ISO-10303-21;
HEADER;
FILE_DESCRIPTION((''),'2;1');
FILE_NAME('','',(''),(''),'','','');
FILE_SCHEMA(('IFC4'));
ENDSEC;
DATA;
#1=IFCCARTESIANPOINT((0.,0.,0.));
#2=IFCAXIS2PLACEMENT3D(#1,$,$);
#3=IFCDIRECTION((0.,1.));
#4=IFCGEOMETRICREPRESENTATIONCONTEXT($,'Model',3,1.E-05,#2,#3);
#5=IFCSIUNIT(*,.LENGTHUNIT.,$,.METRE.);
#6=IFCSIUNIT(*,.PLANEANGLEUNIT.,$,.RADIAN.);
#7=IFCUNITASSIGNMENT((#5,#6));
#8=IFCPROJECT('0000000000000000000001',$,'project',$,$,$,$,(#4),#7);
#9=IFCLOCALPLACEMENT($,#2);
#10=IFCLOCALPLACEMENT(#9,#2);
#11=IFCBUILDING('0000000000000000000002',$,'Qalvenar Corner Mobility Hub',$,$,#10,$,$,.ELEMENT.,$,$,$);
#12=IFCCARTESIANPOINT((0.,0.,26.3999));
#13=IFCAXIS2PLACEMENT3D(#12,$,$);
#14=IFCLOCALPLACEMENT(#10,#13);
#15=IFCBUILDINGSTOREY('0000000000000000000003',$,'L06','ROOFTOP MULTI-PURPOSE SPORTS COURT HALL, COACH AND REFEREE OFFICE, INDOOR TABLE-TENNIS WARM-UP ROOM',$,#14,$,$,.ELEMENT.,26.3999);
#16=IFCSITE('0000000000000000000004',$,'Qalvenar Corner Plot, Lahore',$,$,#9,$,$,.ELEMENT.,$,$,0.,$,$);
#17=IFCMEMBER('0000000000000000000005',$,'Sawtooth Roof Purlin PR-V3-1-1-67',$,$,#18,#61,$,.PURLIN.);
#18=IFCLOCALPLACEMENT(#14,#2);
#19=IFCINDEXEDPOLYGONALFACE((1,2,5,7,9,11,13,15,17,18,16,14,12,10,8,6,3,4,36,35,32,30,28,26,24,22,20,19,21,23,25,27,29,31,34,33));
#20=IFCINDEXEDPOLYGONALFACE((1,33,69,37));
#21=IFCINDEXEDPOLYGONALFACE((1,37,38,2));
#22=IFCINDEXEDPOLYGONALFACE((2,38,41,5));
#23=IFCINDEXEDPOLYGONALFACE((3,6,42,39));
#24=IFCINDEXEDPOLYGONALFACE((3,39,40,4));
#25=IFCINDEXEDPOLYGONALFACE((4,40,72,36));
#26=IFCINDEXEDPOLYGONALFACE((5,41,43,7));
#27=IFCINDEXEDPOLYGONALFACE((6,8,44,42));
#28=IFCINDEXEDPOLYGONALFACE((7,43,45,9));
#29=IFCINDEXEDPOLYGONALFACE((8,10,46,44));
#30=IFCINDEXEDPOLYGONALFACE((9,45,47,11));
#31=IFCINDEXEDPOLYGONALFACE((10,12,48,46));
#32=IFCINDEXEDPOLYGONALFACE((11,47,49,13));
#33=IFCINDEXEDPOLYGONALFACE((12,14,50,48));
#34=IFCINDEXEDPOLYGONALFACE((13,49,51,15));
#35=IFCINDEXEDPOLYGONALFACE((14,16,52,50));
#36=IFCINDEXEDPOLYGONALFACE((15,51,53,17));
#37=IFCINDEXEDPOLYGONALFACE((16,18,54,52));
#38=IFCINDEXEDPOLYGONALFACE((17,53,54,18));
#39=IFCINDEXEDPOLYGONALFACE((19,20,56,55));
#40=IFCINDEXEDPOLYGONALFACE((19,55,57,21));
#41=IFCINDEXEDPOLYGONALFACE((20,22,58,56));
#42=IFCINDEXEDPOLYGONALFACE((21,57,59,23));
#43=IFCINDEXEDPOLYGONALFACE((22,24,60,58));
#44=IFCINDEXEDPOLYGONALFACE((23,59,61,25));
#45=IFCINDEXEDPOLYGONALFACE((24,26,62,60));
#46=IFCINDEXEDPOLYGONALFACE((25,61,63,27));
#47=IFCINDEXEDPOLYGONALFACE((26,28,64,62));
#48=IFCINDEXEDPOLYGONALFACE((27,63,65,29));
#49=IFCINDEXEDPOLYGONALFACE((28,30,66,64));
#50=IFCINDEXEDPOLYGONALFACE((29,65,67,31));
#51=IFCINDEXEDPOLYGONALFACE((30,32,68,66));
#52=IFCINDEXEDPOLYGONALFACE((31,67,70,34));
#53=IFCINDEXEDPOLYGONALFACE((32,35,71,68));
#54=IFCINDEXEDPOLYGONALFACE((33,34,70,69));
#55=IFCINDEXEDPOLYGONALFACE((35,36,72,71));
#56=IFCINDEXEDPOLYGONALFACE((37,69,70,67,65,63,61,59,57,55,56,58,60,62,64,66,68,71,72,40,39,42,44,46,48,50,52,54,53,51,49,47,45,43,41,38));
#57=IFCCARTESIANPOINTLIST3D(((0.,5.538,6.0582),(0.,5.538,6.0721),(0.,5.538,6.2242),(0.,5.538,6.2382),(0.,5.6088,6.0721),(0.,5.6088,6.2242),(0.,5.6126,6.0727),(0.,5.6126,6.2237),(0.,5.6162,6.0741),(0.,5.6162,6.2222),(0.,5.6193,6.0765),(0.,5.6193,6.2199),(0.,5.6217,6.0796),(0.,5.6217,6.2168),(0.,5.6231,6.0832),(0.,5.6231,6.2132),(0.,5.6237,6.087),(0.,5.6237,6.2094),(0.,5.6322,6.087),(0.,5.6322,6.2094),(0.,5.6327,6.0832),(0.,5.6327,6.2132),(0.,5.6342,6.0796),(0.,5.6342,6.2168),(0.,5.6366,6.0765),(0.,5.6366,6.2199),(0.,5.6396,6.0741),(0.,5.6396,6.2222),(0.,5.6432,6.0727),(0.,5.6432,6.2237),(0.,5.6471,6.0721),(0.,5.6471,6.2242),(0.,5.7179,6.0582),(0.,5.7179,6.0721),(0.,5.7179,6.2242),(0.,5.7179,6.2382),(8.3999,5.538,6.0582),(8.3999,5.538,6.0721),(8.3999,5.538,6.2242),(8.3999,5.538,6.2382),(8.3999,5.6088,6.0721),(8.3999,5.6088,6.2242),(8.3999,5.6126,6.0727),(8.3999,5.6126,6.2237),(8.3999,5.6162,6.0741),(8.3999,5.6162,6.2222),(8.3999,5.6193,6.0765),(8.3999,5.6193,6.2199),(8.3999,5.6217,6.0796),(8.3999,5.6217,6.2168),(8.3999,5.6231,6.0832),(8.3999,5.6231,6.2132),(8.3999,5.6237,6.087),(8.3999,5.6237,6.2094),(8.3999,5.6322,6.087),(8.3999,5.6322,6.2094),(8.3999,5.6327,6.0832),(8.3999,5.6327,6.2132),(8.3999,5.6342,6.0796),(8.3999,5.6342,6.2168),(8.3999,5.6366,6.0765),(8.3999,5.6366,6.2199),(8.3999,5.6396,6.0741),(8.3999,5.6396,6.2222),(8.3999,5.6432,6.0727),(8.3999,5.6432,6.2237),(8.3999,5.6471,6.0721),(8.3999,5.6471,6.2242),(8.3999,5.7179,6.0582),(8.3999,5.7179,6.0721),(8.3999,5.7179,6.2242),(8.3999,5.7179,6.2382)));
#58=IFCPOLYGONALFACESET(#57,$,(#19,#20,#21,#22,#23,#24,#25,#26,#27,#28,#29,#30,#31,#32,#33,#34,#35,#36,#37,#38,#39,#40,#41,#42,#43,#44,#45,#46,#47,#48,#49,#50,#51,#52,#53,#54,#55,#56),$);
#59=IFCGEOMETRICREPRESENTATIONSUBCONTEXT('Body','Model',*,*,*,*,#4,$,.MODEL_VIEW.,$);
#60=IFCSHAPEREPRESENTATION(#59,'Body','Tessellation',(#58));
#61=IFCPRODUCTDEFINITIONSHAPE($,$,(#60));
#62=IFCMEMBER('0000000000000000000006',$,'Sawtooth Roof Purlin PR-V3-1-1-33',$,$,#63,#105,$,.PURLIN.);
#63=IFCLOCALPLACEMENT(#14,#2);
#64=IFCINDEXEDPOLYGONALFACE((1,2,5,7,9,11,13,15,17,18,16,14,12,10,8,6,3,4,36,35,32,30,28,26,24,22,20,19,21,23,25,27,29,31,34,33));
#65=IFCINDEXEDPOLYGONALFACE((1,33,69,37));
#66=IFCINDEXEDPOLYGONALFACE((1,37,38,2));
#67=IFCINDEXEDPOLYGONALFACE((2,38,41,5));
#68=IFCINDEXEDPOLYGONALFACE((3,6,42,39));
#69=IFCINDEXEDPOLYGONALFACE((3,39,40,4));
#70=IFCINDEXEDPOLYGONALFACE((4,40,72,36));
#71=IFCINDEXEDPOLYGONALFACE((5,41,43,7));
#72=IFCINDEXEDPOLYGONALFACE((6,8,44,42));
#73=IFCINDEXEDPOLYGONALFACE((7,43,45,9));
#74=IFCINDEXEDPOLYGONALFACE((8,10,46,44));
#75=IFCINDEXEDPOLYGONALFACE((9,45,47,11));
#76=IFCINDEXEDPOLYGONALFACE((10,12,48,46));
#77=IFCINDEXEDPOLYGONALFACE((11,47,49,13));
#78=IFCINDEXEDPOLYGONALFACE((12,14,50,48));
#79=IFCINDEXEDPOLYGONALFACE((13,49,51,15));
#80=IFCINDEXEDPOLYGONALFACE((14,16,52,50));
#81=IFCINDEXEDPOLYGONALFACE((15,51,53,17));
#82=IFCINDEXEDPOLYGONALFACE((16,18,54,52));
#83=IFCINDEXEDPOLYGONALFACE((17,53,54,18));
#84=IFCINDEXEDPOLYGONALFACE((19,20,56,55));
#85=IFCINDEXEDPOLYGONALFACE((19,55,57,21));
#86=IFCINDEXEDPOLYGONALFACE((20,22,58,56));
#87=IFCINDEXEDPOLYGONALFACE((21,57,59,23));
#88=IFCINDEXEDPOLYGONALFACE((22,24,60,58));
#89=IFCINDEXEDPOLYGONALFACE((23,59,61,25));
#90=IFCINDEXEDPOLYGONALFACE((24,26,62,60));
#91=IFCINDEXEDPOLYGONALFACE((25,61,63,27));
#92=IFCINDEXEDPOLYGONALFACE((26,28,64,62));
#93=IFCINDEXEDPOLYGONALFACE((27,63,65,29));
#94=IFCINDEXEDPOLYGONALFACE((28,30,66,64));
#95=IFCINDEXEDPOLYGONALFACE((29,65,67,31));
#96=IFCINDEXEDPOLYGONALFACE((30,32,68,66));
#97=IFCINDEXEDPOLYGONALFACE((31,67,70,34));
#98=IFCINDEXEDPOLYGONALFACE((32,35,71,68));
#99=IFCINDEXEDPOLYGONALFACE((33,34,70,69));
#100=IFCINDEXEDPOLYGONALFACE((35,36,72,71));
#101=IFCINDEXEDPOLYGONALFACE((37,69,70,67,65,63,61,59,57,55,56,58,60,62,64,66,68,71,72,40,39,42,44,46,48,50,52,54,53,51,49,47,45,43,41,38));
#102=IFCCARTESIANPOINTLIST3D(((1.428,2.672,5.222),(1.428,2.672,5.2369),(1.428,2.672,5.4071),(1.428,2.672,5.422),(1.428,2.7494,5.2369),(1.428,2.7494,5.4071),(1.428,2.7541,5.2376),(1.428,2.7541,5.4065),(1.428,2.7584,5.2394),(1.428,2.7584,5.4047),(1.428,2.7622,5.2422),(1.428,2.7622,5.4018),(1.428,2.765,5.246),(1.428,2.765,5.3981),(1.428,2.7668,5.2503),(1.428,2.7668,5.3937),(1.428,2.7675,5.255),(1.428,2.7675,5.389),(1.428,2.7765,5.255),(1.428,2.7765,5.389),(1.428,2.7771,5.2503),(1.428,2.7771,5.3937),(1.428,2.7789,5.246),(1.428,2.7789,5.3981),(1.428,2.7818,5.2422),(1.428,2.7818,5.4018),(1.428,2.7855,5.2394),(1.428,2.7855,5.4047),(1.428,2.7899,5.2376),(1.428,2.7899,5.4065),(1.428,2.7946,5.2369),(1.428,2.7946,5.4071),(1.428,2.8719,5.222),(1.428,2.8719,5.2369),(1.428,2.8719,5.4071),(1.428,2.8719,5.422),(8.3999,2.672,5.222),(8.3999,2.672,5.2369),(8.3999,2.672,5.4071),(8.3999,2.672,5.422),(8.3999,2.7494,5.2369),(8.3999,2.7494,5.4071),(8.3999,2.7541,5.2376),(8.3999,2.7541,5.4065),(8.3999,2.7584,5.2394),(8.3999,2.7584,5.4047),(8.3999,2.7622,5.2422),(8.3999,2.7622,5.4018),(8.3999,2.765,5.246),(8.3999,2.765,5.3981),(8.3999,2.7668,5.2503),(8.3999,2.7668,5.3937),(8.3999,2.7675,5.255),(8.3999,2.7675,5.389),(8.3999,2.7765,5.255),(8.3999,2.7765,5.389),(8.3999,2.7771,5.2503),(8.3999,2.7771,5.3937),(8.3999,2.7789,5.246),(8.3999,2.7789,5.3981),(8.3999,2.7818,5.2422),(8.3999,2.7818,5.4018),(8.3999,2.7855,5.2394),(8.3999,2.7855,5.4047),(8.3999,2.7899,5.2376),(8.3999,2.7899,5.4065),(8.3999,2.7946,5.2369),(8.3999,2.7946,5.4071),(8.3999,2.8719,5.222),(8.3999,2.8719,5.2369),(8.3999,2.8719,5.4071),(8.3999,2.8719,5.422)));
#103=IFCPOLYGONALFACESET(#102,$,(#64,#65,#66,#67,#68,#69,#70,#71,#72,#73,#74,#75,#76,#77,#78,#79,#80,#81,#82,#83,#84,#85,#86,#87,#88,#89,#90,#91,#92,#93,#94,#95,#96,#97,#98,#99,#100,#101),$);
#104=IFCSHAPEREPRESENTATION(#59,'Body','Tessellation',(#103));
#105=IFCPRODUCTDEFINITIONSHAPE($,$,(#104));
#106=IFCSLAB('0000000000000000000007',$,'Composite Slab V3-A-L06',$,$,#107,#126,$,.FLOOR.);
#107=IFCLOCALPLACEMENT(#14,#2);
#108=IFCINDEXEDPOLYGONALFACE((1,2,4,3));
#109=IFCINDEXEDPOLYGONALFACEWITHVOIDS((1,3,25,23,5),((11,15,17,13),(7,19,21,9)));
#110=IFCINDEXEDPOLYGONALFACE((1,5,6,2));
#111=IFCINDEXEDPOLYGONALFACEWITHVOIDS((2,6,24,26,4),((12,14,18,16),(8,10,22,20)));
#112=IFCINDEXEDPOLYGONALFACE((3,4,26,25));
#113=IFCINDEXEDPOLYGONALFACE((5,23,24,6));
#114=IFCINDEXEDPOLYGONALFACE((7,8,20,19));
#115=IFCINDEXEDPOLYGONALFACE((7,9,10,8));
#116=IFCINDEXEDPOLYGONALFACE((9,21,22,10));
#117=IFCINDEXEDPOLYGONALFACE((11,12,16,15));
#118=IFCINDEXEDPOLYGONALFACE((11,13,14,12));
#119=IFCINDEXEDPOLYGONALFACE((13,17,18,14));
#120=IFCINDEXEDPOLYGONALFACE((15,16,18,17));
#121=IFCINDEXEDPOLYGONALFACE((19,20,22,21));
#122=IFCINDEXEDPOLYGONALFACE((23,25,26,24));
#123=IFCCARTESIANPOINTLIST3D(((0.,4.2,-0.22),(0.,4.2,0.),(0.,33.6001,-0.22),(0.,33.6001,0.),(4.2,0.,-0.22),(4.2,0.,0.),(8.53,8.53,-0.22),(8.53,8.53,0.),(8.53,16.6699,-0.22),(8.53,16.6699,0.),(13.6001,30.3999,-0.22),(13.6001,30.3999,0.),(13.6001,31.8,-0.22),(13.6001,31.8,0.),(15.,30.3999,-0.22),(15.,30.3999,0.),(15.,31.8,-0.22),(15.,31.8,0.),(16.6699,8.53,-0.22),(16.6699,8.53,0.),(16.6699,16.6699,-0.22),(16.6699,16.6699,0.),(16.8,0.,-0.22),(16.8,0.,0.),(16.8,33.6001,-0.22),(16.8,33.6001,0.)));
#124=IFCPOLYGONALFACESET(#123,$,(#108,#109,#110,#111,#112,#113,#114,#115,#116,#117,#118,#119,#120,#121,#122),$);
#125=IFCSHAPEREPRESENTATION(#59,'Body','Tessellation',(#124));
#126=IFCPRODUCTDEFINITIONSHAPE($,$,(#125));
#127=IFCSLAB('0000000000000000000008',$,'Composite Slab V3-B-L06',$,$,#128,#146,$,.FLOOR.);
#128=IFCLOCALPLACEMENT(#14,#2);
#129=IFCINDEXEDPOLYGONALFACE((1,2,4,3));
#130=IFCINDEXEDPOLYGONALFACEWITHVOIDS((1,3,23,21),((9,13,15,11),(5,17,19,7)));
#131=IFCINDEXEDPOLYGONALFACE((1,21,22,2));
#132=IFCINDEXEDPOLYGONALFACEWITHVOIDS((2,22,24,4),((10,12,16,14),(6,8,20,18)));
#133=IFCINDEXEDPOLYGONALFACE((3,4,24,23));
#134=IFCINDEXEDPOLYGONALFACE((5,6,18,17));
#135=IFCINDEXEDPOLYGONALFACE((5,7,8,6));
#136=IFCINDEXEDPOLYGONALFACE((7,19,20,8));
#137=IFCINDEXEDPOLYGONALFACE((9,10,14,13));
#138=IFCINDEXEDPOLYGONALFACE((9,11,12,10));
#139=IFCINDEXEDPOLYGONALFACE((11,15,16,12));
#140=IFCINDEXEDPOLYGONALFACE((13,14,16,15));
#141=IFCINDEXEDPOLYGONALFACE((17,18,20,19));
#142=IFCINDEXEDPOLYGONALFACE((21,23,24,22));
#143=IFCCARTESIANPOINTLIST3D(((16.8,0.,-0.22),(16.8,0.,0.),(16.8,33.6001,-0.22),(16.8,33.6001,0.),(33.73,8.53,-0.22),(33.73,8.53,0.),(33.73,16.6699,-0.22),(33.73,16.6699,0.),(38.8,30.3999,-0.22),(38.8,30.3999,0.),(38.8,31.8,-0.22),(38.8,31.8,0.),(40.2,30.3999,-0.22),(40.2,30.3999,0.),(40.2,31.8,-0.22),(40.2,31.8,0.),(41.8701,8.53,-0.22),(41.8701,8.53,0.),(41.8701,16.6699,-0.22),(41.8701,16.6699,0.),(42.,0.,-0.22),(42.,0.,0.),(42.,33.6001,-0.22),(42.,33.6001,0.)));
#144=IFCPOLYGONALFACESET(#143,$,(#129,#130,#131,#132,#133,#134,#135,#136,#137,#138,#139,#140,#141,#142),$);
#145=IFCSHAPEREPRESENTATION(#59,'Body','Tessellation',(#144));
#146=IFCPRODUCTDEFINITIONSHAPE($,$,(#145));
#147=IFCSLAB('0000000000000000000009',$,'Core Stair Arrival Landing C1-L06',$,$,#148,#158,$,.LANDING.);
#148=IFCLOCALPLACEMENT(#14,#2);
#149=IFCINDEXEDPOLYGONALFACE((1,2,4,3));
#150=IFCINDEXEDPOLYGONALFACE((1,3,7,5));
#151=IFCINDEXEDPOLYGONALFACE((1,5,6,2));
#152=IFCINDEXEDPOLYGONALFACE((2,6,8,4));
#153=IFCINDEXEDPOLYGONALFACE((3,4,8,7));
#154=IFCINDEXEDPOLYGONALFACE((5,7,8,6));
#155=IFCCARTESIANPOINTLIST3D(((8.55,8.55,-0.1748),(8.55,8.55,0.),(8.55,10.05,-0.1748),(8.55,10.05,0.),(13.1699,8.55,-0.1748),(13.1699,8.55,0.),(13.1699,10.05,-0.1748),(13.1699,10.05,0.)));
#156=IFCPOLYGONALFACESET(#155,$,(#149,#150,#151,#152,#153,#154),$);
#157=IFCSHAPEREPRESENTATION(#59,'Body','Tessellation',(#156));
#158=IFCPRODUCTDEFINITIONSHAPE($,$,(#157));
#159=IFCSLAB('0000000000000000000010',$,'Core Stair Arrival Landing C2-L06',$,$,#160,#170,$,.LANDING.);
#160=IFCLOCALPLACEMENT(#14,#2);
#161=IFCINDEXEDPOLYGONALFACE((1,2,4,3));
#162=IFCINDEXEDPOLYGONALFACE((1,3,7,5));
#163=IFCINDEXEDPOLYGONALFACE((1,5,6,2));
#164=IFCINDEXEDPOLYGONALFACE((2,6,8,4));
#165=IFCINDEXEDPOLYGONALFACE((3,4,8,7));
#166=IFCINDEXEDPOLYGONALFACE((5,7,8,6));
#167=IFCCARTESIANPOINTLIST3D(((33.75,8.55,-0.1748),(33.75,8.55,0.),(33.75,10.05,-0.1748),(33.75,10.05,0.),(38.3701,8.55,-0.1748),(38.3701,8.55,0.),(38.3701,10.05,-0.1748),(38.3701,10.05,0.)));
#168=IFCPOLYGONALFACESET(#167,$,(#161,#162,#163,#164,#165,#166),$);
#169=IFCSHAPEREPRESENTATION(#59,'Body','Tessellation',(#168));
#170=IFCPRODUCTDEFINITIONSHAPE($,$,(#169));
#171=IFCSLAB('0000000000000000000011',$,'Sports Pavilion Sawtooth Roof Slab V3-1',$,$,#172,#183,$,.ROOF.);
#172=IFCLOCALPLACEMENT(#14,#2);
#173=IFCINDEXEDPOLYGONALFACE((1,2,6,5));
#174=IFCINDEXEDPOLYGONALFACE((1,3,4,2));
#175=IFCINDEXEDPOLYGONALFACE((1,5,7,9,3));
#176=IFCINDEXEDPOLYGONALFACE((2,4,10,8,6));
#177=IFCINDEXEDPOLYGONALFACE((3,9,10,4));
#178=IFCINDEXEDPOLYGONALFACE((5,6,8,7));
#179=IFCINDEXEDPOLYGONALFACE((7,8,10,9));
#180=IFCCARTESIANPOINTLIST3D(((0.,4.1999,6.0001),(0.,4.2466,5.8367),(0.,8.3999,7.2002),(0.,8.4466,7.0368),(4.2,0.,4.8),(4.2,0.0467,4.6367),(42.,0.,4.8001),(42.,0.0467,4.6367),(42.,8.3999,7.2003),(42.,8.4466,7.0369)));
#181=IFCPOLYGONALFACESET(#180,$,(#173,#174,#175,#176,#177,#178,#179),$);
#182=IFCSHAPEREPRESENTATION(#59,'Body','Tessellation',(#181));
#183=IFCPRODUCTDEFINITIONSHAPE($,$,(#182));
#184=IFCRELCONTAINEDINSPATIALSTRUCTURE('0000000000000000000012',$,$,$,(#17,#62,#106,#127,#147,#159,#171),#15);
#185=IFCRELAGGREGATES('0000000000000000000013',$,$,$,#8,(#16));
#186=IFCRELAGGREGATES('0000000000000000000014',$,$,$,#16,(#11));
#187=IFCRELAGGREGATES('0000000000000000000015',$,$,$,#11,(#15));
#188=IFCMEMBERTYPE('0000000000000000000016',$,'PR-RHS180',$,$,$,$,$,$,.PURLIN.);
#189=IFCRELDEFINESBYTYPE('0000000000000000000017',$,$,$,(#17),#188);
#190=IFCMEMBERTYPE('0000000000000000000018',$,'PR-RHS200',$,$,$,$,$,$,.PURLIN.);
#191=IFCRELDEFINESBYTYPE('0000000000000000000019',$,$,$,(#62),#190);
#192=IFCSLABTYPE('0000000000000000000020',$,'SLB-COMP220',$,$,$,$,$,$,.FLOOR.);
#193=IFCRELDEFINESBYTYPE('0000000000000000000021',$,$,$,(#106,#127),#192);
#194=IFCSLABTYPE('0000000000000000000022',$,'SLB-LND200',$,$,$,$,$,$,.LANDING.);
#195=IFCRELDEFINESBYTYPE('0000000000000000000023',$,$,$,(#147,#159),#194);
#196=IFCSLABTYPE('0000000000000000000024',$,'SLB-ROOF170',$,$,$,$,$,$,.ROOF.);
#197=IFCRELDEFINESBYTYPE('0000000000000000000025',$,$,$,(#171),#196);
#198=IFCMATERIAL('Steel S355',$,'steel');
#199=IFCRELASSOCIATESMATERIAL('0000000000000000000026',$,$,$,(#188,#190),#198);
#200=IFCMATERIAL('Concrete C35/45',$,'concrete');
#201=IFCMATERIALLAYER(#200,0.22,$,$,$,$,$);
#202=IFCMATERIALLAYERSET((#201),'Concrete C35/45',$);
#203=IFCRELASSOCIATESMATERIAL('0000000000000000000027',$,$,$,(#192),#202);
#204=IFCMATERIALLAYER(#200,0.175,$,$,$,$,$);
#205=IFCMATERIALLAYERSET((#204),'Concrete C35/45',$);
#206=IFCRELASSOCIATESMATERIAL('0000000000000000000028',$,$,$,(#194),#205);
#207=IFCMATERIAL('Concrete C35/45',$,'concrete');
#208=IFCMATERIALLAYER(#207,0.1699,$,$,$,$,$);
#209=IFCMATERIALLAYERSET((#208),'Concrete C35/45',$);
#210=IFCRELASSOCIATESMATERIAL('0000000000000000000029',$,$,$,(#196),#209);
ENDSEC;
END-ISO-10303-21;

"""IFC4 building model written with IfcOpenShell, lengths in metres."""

from ifc_helpers import new_model, si_unit, direction, frame, origin, origin_2d, place, context, subcontext, project, spatial, polyline, i_section, outline, extrude, material, layer, layer_set, material_profile, profile_set, type_object, element, save


model = new_model("IFC4")

# Units and contexts
model_context = context("Model", 3, precision=1e-05, world=origin(), true_north=direction((0.0, 1.0)))
body_context = subcontext(model_context, "Body", "Model", "MODEL_VIEW")
ifc_project = project(units=[si_unit("LENGTHUNIT", "METRE"), si_unit("PLANEANGLEUNIT", "RADIAN")], contexts=[model_context])

# Site, building, storey
site_placement = place(None, origin())
site = spatial("IfcSite", under=ifc_project, at=site_placement, Name="Qalvenar Corner Plot, Lahore", CompositionType="ELEMENT", RefElevation=0.0)
building_placement = place(site_placement, origin())
building = spatial("IfcBuilding", under=site, at=building_placement, Name="Qalvenar Corner Mobility Hub", CompositionType="ELEMENT")
storey_placement = place(building_placement, frame((0.0, 0.0, 26.3999)))
storey = spatial("IfcBuildingStorey", under=building, at=storey_placement, Name="L06", Description="ROOFTOP MULTI-PURPOSE SPORTS COURT HALL, COACH AND REFEREE OFFICE, INDOOR TABLE-TENNIS WARM-UP ROOM", CompositionType="ELEMENT", Elevation=26.3999)

# Shared definitions
ifc_material_1 = material(Name="Steel S355", Category="steel")

# Members
ifc_material_profile_1 = material_profile(ifc_material_1, i_section(OverallWidth=0.1799, OverallDepth=0.1799, WebThickness=0.0085, FlangeThickness=0.0139, FilletRadius=0.0149, at=origin_2d()), Name="HEB180")
ifc_profile_set_1 = profile_set([ifc_material_profile_1], Name="Steel S355")
member_type_1 = type_object("IfcMemberType", Name="PR-RHS180", PredefinedType="PURLIN", material=ifc_profile_set_1)
member_1_placement = place(storey_placement, frame((0.0, 5.6279, 6.1482), z_axis=(1.0, 0.0, 0.0), x_axis=(0.0, 1.0, 0.0)))
element("IfcMember", 1, at=member_1_placement, inside=storey, type_object=member_type_1, Name="Sawtooth Roof Purlin PR-V3-1-1-67", PredefinedType="PURLIN", context=body_context, shape_type="SweptSolid", body=[
    extrude(i_section(OverallWidth=0.1799, OverallDepth=0.1799, WebThickness=0.0085, FlangeThickness=0.0139, FilletRadius=0.0149, at=origin_2d()), origin(), (0.0, 0.0, 1.0), 8.3999),
])
ifc_material_profile_2 = material_profile(ifc_material_1, i_section(OverallWidth=0.2, OverallDepth=0.2, WebThickness=0.009, FlangeThickness=0.0149, FilletRadius=0.0181, at=origin_2d()), Name="HEB200")
ifc_profile_set_2 = profile_set([ifc_material_profile_2], Name="Steel S355")
member_type_2 = type_object("IfcMemberType", Name="PR-RHS200", PredefinedType="PURLIN", material=ifc_profile_set_2)
member_2_placement = place(storey_placement, frame((1.428, 2.772, 5.322), z_axis=(1.0, 0.0, 0.0), x_axis=(0.0, 1.0, 0.0)))
element("IfcMember", 2, at=member_2_placement, inside=storey, type_object=member_type_2, Name="Sawtooth Roof Purlin PR-V3-1-1-33", PredefinedType="PURLIN", context=body_context, shape_type="SweptSolid", body=[
    extrude(i_section(OverallWidth=0.2, OverallDepth=0.2, WebThickness=0.009, FlangeThickness=0.0149, FilletRadius=0.0181, at=origin_2d()), origin(), (0.0, 0.0, 1.0), 6.9719),
])

# Slabs
ifc_material_2 = material(Name="Concrete C35/45", Category="concrete")
ifc_layer_1 = layer(ifc_material_2, 0.22)
ifc_layer_set_1 = layer_set([ifc_layer_1], Name="Concrete C35/45")
slab_type_1 = type_object("IfcSlabType", Name="SLB-COMP220", PredefinedType="FLOOR", material=ifc_layer_set_1)
slab_1_placement = place(storey_placement, frame((0.0, 0.0, -0.22)))
element("IfcSlab", 3, at=slab_1_placement, inside=storey, type_object=slab_type_1, Name="Composite Slab V3-A-L06", PredefinedType="FLOOR", context=body_context, shape_type="SweptSolid", body=[
    extrude(outline(polyline([(4.2, 0.0), (16.8, 0.0), (16.8, 33.6001), (0.0, 33.6001), (0.0, 4.2), (4.2, 0.0)]), holes=[polyline([(8.53, 8.53), (16.6699, 8.53), (16.6699, 16.6699), (8.53, 16.6699), (8.53, 8.53)]), polyline([(13.6001, 30.3999), (15.0, 30.3999), (15.0, 31.8), (13.6001, 31.8), (13.6001, 30.3999)])]), origin(), (0.0, 0.0, 1.0), 0.22),
])
slab_2_placement = place(storey_placement, frame((0.0, 0.0, -0.22)))
element("IfcSlab", 4, at=slab_2_placement, inside=storey, type_object=slab_type_1, Name="Composite Slab V3-B-L06", PredefinedType="FLOOR", context=body_context, shape_type="SweptSolid", body=[
    extrude(outline(polyline([(16.8, 0.0), (42.0, 0.0), (42.0, 33.6001), (16.8, 33.6001), (16.8, 0.0)]), holes=[polyline([(33.73, 8.53), (41.8701, 8.53), (41.8701, 16.6699), (33.73, 16.6699), (33.73, 8.53)]), polyline([(38.8, 30.3999), (40.2, 30.3999), (40.2, 31.8), (38.8, 31.8), (38.8, 30.3999)])]), origin(), (0.0, 0.0, 1.0), 0.22),
])
ifc_layer_2 = layer(ifc_material_2, 0.175)
ifc_layer_set_2 = layer_set([ifc_layer_2], Name="Concrete C35/45")
slab_type_2 = type_object("IfcSlabType", Name="SLB-LND200", PredefinedType="LANDING", material=ifc_layer_set_2)
slab_3_placement = place(storey_placement, frame((0.0, 0.0, -0.1748)))
element("IfcSlab", 5, at=slab_3_placement, inside=storey, type_object=slab_type_2, Name="Core Stair Arrival Landing C1-L06", PredefinedType="LANDING", context=body_context, shape_type="SweptSolid", body=[
    extrude(outline(polyline([(8.55, 8.55), (13.1699, 8.55), (13.1699, 10.05), (8.55, 10.05), (8.55, 8.55)])), origin(), (0.0, 0.0, 1.0), 0.1748),
])
slab_4_placement = place(storey_placement, frame((0.0, 0.0, -0.1748)))
element("IfcSlab", 6, at=slab_4_placement, inside=storey, type_object=slab_type_2, Name="Core Stair Arrival Landing C2-L06", PredefinedType="LANDING", context=body_context, shape_type="SweptSolid", body=[
    extrude(outline(polyline([(33.75, 8.55), (38.3701, 8.55), (38.3701, 10.05), (33.75, 10.05), (33.75, 8.55)])), origin(), (0.0, 0.0, 1.0), 0.1748),
])
ifc_material_3 = material(Name="Concrete C35/45", Category="concrete")
ifc_layer_3 = layer(ifc_material_3, 0.1699)
ifc_layer_set_3 = layer_set([ifc_layer_3], Name="Concrete C35/45")
slab_type_3 = type_object("IfcSlabType", Name="SLB-ROOF170", PredefinedType="ROOF", material=ifc_layer_set_3)
slab_5_placement = place(storey_placement, frame((4.2, 0.0, 4.8), z_axis=(-0.000001, -0.27474, 0.961518), x_axis=(1.0, 0.0, 0.000001)))
element("IfcSlab", 7, at=slab_5_placement, inside=storey, type_object=slab_type_3, Name="Sports Pavilion Sawtooth Roof Slab V3-1", PredefinedType="ROOF", context=body_context, shape_type="SweptSolid", body=[
    extrude(outline(polyline([(0.0, 0.0), (37.8, 0.0), (37.8, 8.7361), (-4.2, 8.7361), (-4.2, 4.368), (0.0, 0.0)])), origin(), (0.0, 0.0, -1.0), 0.1699),
])

save(model, "model.ifc")
